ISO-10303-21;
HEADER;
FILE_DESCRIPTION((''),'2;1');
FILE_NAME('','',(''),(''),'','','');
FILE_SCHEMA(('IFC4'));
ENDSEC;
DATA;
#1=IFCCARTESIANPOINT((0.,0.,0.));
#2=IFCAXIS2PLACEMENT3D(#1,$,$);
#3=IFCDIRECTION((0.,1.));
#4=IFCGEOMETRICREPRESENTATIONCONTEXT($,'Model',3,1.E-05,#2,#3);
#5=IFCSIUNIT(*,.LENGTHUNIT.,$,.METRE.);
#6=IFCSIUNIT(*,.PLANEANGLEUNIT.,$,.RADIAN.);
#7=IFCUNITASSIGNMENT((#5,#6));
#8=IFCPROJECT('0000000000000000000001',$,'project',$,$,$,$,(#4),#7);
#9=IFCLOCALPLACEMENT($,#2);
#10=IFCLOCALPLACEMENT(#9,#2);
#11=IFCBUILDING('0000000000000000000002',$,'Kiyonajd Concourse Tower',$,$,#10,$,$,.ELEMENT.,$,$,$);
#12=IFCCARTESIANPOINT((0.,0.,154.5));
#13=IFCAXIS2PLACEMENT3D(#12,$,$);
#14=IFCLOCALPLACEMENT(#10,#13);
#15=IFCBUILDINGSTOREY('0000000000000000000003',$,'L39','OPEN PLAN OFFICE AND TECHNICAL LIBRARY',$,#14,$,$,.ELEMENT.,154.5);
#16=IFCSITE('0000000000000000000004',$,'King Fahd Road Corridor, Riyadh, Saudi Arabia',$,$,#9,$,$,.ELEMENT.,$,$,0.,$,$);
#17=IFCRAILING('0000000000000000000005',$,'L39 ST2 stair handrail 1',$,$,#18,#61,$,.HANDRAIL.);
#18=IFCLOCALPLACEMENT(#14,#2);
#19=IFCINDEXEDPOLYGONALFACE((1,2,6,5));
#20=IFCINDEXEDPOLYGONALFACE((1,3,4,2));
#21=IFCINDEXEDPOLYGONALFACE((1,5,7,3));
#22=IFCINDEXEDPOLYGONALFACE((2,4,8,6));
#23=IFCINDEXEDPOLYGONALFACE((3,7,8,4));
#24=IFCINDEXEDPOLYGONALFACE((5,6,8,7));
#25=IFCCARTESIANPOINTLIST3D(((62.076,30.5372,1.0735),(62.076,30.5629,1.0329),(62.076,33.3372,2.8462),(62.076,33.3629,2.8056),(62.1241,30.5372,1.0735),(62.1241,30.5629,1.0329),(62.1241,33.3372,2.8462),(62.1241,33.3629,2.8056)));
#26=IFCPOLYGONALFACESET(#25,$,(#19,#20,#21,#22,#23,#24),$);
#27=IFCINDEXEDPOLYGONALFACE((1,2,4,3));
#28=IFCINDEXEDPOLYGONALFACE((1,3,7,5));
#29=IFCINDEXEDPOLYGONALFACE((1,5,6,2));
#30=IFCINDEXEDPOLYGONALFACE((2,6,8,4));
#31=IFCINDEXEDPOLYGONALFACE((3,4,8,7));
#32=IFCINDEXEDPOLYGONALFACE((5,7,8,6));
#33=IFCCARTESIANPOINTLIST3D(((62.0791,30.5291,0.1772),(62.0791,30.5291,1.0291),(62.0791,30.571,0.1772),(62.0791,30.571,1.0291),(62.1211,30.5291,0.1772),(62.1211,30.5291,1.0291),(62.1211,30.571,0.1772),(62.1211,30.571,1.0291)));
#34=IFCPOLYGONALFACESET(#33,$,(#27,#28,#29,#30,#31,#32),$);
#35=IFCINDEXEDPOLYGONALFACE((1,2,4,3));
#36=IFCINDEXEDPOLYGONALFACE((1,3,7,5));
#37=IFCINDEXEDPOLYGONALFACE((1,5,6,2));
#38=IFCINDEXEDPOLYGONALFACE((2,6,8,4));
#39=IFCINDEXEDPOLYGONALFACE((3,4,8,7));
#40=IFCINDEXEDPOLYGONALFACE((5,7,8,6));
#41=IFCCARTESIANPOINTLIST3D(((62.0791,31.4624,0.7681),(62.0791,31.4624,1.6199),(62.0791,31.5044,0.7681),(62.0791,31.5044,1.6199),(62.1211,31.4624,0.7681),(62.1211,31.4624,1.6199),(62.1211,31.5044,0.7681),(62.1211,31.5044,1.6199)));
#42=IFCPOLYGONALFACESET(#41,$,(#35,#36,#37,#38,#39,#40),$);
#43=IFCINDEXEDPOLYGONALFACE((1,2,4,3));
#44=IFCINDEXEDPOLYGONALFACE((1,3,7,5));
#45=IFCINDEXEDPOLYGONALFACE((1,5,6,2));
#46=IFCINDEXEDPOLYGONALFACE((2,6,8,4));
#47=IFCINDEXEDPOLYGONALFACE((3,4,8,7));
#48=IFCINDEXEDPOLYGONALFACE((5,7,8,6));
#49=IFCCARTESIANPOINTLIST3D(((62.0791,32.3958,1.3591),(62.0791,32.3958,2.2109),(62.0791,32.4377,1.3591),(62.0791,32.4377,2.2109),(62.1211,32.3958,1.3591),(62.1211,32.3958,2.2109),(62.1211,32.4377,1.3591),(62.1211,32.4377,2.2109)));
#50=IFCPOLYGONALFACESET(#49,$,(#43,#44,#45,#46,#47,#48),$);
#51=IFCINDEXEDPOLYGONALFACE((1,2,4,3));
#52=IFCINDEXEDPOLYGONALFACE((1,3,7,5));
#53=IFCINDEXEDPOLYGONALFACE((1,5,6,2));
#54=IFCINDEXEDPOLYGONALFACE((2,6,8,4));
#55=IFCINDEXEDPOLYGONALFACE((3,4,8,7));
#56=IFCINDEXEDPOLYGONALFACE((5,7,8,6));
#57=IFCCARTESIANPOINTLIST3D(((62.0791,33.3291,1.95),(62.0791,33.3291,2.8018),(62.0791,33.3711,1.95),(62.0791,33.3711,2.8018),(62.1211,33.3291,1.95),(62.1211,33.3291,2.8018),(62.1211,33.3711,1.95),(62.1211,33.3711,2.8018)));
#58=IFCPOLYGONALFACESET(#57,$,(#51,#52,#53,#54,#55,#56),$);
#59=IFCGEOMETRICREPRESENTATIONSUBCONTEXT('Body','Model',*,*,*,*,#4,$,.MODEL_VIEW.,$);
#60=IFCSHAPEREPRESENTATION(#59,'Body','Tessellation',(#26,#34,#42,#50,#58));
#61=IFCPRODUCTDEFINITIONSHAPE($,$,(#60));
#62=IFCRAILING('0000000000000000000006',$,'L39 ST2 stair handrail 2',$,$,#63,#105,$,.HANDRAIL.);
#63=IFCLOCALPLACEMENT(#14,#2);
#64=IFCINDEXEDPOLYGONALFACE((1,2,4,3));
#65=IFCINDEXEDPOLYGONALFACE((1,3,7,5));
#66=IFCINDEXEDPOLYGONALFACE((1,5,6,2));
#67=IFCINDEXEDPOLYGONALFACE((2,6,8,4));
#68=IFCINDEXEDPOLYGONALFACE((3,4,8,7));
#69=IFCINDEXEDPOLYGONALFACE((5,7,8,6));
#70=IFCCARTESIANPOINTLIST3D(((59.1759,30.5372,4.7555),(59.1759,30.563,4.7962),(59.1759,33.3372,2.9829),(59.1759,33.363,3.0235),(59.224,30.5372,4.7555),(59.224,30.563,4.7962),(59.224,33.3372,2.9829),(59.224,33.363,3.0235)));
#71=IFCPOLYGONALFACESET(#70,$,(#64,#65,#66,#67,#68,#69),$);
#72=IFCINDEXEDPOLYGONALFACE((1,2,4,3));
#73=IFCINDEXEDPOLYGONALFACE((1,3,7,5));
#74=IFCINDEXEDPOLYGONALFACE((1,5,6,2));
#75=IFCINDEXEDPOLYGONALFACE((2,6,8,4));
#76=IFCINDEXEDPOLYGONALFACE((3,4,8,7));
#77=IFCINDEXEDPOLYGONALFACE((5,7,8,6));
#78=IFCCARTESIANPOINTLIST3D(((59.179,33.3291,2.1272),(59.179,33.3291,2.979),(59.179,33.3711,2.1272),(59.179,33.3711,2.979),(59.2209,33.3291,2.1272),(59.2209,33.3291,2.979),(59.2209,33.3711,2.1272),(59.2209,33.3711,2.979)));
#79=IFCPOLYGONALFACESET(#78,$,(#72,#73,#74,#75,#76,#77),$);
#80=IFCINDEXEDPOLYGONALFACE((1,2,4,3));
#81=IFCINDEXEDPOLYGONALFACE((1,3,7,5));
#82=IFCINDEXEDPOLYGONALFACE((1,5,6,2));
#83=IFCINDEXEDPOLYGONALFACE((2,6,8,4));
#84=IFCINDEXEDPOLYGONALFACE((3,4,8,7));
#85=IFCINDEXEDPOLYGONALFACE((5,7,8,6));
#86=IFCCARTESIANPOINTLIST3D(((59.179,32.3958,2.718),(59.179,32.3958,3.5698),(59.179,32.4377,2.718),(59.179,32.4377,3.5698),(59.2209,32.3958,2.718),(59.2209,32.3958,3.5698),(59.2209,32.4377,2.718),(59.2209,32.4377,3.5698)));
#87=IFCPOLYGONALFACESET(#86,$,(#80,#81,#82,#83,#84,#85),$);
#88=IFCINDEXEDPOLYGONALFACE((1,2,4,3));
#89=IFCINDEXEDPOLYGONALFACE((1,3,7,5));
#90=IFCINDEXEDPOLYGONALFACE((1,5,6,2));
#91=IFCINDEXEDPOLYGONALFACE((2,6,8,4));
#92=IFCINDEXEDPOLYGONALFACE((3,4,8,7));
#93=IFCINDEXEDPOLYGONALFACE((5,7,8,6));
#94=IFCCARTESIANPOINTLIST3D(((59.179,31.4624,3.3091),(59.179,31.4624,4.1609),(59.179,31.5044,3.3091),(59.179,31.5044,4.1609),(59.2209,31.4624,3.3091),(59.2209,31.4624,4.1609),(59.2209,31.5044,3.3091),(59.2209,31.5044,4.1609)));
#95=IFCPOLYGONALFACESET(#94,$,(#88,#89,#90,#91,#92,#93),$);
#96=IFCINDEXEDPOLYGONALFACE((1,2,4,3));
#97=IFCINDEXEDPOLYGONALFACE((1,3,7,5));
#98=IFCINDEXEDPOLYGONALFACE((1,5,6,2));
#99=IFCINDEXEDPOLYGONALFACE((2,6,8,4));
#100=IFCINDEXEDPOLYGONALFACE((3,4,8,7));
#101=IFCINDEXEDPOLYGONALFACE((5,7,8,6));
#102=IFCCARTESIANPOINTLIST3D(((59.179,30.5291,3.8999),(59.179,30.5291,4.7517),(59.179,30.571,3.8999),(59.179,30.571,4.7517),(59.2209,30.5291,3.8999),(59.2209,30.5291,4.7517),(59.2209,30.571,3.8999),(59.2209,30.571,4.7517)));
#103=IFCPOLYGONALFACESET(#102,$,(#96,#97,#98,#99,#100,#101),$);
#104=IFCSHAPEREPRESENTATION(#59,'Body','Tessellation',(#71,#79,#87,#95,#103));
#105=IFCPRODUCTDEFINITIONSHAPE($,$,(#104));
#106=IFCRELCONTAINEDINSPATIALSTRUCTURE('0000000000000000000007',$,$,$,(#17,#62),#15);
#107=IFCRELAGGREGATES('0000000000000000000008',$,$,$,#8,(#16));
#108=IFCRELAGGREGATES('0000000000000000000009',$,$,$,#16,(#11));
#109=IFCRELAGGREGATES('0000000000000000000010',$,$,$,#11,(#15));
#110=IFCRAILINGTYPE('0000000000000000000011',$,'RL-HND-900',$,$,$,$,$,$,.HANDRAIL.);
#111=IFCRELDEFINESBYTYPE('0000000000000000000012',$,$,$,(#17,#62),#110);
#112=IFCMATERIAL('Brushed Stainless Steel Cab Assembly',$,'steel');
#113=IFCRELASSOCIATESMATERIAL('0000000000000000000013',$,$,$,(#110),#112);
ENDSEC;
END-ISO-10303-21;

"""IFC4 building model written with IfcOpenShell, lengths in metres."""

from ifc_helpers import new_model, si_unit, direction, frame, origin, origin_2d, place, context, subcontext, project, spatial, rectangle, extrude, material, type_object, element, save


model = new_model("IFC4")

# Units and contexts
model_context = context("Model", 3, precision=1e-05, world=origin(), true_north=direction((0.0, 1.0)))
body_context = subcontext(model_context, "Body", "Model", "MODEL_VIEW")
ifc_project = project(units=[si_unit("LENGTHUNIT", "METRE"), si_unit("PLANEANGLEUNIT", "RADIAN")], contexts=[model_context])

# Site, building, storey
site_placement = place(None, origin())
site = spatial("IfcSite", under=ifc_project, at=site_placement, Name="King Fahd Road Corridor, Riyadh, Saudi Arabia", CompositionType="ELEMENT", RefElevation=0.0)
building_placement = place(site_placement, origin())
building = spatial("IfcBuilding", under=site, at=building_placement, Name="Kiyonajd Concourse Tower", CompositionType="ELEMENT")
storey_placement = place(building_placement, frame((0.0, 0.0, 154.5)))
storey = spatial("IfcBuildingStorey", under=building, at=storey_placement, Name="L39", Description="OPEN PLAN OFFICE AND TECHNICAL LIBRARY", CompositionType="ELEMENT", Elevation=154.5)

# Railings
ifc_material_1 = material(Name="Brushed Stainless Steel Cab Assembly", Category="steel")
railing_type_1 = type_object("IfcRailingType", Name="RL-HND-900", PredefinedType="HANDRAIL", material=ifc_material_1)
railing_1_placement = place(storey_placement, frame((62.1001, 30.55, 0.1772)))
element("IfcRailing", 1, at=railing_1_placement, inside=storey, type_object=railing_type_1, Name="L39 ST2 stair handrail 1", PredefinedType="HANDRAIL", context=body_context, shape_type="SweptSolid", body=[
    extrude(rectangle(XDim=0.0481, YDim=0.0481, at=origin_2d()), frame((0.0, 0.0, 0.876), z_axis=(0.0, 0.844909, 0.53491), x_axis=(-1.0, 0.0, 0.0)), (0.0, 0.0, 1.0), 3.314),
    extrude(rectangle(XDim=0.042, YDim=0.042, at=origin_2d()), origin(), (0.0, 0.0, 1.0), 0.8518),
    extrude(rectangle(XDim=0.042, YDim=0.042, at=origin_2d()), frame((0.0, 0.9333, 0.5908)), (0.0, 0.0, 1.0), 0.8518),
    extrude(rectangle(XDim=0.042, YDim=0.042, at=origin_2d()), frame((0.0, 1.8667, 1.1819)), (0.0, 0.0, 1.0), 0.8518),
    extrude(rectangle(XDim=0.042, YDim=0.042, at=origin_2d()), frame((0.0, 2.8, 1.7727)), (0.0, 0.0, 1.0), 0.8518),
])
railing_2_placement = place(storey_placement, frame((59.2, 33.3501, 2.1272)))
element("IfcRailing", 2, at=railing_2_placement, inside=storey, type_object=railing_type_1, Name="L39 ST2 stair handrail 2", PredefinedType="HANDRAIL", context=body_context, shape_type="SweptSolid", body=[
    extrude(rectangle(XDim=0.0481, YDim=0.0481, at=origin_2d()), frame((0.0, 0.0, 0.876), z_axis=(0.0, -0.844909, 0.53491), x_axis=(1.0, 0.0, 0.0)), (0.0, 0.0, 1.0), 3.314),
    extrude(rectangle(XDim=0.042, YDim=0.042, at=origin_2d()), origin(), (0.0, 0.0, 1.0), 0.8518),
    extrude(rectangle(XDim=0.042, YDim=0.042, at=origin_2d()), frame((0.0, -0.9333, 0.5908)), (0.0, 0.0, 1.0), 0.8518),
    extrude(rectangle(XDim=0.042, YDim=0.042, at=origin_2d()), frame((0.0, -1.8667, 1.1819)), (0.0, 0.0, 1.0), 0.8518),
    extrude(rectangle(XDim=0.042, YDim=0.042, at=origin_2d()), frame((0.0, -2.8, 1.7727)), (0.0, 0.0, 1.0), 0.8518),
])

save(model, "model.ifc")
